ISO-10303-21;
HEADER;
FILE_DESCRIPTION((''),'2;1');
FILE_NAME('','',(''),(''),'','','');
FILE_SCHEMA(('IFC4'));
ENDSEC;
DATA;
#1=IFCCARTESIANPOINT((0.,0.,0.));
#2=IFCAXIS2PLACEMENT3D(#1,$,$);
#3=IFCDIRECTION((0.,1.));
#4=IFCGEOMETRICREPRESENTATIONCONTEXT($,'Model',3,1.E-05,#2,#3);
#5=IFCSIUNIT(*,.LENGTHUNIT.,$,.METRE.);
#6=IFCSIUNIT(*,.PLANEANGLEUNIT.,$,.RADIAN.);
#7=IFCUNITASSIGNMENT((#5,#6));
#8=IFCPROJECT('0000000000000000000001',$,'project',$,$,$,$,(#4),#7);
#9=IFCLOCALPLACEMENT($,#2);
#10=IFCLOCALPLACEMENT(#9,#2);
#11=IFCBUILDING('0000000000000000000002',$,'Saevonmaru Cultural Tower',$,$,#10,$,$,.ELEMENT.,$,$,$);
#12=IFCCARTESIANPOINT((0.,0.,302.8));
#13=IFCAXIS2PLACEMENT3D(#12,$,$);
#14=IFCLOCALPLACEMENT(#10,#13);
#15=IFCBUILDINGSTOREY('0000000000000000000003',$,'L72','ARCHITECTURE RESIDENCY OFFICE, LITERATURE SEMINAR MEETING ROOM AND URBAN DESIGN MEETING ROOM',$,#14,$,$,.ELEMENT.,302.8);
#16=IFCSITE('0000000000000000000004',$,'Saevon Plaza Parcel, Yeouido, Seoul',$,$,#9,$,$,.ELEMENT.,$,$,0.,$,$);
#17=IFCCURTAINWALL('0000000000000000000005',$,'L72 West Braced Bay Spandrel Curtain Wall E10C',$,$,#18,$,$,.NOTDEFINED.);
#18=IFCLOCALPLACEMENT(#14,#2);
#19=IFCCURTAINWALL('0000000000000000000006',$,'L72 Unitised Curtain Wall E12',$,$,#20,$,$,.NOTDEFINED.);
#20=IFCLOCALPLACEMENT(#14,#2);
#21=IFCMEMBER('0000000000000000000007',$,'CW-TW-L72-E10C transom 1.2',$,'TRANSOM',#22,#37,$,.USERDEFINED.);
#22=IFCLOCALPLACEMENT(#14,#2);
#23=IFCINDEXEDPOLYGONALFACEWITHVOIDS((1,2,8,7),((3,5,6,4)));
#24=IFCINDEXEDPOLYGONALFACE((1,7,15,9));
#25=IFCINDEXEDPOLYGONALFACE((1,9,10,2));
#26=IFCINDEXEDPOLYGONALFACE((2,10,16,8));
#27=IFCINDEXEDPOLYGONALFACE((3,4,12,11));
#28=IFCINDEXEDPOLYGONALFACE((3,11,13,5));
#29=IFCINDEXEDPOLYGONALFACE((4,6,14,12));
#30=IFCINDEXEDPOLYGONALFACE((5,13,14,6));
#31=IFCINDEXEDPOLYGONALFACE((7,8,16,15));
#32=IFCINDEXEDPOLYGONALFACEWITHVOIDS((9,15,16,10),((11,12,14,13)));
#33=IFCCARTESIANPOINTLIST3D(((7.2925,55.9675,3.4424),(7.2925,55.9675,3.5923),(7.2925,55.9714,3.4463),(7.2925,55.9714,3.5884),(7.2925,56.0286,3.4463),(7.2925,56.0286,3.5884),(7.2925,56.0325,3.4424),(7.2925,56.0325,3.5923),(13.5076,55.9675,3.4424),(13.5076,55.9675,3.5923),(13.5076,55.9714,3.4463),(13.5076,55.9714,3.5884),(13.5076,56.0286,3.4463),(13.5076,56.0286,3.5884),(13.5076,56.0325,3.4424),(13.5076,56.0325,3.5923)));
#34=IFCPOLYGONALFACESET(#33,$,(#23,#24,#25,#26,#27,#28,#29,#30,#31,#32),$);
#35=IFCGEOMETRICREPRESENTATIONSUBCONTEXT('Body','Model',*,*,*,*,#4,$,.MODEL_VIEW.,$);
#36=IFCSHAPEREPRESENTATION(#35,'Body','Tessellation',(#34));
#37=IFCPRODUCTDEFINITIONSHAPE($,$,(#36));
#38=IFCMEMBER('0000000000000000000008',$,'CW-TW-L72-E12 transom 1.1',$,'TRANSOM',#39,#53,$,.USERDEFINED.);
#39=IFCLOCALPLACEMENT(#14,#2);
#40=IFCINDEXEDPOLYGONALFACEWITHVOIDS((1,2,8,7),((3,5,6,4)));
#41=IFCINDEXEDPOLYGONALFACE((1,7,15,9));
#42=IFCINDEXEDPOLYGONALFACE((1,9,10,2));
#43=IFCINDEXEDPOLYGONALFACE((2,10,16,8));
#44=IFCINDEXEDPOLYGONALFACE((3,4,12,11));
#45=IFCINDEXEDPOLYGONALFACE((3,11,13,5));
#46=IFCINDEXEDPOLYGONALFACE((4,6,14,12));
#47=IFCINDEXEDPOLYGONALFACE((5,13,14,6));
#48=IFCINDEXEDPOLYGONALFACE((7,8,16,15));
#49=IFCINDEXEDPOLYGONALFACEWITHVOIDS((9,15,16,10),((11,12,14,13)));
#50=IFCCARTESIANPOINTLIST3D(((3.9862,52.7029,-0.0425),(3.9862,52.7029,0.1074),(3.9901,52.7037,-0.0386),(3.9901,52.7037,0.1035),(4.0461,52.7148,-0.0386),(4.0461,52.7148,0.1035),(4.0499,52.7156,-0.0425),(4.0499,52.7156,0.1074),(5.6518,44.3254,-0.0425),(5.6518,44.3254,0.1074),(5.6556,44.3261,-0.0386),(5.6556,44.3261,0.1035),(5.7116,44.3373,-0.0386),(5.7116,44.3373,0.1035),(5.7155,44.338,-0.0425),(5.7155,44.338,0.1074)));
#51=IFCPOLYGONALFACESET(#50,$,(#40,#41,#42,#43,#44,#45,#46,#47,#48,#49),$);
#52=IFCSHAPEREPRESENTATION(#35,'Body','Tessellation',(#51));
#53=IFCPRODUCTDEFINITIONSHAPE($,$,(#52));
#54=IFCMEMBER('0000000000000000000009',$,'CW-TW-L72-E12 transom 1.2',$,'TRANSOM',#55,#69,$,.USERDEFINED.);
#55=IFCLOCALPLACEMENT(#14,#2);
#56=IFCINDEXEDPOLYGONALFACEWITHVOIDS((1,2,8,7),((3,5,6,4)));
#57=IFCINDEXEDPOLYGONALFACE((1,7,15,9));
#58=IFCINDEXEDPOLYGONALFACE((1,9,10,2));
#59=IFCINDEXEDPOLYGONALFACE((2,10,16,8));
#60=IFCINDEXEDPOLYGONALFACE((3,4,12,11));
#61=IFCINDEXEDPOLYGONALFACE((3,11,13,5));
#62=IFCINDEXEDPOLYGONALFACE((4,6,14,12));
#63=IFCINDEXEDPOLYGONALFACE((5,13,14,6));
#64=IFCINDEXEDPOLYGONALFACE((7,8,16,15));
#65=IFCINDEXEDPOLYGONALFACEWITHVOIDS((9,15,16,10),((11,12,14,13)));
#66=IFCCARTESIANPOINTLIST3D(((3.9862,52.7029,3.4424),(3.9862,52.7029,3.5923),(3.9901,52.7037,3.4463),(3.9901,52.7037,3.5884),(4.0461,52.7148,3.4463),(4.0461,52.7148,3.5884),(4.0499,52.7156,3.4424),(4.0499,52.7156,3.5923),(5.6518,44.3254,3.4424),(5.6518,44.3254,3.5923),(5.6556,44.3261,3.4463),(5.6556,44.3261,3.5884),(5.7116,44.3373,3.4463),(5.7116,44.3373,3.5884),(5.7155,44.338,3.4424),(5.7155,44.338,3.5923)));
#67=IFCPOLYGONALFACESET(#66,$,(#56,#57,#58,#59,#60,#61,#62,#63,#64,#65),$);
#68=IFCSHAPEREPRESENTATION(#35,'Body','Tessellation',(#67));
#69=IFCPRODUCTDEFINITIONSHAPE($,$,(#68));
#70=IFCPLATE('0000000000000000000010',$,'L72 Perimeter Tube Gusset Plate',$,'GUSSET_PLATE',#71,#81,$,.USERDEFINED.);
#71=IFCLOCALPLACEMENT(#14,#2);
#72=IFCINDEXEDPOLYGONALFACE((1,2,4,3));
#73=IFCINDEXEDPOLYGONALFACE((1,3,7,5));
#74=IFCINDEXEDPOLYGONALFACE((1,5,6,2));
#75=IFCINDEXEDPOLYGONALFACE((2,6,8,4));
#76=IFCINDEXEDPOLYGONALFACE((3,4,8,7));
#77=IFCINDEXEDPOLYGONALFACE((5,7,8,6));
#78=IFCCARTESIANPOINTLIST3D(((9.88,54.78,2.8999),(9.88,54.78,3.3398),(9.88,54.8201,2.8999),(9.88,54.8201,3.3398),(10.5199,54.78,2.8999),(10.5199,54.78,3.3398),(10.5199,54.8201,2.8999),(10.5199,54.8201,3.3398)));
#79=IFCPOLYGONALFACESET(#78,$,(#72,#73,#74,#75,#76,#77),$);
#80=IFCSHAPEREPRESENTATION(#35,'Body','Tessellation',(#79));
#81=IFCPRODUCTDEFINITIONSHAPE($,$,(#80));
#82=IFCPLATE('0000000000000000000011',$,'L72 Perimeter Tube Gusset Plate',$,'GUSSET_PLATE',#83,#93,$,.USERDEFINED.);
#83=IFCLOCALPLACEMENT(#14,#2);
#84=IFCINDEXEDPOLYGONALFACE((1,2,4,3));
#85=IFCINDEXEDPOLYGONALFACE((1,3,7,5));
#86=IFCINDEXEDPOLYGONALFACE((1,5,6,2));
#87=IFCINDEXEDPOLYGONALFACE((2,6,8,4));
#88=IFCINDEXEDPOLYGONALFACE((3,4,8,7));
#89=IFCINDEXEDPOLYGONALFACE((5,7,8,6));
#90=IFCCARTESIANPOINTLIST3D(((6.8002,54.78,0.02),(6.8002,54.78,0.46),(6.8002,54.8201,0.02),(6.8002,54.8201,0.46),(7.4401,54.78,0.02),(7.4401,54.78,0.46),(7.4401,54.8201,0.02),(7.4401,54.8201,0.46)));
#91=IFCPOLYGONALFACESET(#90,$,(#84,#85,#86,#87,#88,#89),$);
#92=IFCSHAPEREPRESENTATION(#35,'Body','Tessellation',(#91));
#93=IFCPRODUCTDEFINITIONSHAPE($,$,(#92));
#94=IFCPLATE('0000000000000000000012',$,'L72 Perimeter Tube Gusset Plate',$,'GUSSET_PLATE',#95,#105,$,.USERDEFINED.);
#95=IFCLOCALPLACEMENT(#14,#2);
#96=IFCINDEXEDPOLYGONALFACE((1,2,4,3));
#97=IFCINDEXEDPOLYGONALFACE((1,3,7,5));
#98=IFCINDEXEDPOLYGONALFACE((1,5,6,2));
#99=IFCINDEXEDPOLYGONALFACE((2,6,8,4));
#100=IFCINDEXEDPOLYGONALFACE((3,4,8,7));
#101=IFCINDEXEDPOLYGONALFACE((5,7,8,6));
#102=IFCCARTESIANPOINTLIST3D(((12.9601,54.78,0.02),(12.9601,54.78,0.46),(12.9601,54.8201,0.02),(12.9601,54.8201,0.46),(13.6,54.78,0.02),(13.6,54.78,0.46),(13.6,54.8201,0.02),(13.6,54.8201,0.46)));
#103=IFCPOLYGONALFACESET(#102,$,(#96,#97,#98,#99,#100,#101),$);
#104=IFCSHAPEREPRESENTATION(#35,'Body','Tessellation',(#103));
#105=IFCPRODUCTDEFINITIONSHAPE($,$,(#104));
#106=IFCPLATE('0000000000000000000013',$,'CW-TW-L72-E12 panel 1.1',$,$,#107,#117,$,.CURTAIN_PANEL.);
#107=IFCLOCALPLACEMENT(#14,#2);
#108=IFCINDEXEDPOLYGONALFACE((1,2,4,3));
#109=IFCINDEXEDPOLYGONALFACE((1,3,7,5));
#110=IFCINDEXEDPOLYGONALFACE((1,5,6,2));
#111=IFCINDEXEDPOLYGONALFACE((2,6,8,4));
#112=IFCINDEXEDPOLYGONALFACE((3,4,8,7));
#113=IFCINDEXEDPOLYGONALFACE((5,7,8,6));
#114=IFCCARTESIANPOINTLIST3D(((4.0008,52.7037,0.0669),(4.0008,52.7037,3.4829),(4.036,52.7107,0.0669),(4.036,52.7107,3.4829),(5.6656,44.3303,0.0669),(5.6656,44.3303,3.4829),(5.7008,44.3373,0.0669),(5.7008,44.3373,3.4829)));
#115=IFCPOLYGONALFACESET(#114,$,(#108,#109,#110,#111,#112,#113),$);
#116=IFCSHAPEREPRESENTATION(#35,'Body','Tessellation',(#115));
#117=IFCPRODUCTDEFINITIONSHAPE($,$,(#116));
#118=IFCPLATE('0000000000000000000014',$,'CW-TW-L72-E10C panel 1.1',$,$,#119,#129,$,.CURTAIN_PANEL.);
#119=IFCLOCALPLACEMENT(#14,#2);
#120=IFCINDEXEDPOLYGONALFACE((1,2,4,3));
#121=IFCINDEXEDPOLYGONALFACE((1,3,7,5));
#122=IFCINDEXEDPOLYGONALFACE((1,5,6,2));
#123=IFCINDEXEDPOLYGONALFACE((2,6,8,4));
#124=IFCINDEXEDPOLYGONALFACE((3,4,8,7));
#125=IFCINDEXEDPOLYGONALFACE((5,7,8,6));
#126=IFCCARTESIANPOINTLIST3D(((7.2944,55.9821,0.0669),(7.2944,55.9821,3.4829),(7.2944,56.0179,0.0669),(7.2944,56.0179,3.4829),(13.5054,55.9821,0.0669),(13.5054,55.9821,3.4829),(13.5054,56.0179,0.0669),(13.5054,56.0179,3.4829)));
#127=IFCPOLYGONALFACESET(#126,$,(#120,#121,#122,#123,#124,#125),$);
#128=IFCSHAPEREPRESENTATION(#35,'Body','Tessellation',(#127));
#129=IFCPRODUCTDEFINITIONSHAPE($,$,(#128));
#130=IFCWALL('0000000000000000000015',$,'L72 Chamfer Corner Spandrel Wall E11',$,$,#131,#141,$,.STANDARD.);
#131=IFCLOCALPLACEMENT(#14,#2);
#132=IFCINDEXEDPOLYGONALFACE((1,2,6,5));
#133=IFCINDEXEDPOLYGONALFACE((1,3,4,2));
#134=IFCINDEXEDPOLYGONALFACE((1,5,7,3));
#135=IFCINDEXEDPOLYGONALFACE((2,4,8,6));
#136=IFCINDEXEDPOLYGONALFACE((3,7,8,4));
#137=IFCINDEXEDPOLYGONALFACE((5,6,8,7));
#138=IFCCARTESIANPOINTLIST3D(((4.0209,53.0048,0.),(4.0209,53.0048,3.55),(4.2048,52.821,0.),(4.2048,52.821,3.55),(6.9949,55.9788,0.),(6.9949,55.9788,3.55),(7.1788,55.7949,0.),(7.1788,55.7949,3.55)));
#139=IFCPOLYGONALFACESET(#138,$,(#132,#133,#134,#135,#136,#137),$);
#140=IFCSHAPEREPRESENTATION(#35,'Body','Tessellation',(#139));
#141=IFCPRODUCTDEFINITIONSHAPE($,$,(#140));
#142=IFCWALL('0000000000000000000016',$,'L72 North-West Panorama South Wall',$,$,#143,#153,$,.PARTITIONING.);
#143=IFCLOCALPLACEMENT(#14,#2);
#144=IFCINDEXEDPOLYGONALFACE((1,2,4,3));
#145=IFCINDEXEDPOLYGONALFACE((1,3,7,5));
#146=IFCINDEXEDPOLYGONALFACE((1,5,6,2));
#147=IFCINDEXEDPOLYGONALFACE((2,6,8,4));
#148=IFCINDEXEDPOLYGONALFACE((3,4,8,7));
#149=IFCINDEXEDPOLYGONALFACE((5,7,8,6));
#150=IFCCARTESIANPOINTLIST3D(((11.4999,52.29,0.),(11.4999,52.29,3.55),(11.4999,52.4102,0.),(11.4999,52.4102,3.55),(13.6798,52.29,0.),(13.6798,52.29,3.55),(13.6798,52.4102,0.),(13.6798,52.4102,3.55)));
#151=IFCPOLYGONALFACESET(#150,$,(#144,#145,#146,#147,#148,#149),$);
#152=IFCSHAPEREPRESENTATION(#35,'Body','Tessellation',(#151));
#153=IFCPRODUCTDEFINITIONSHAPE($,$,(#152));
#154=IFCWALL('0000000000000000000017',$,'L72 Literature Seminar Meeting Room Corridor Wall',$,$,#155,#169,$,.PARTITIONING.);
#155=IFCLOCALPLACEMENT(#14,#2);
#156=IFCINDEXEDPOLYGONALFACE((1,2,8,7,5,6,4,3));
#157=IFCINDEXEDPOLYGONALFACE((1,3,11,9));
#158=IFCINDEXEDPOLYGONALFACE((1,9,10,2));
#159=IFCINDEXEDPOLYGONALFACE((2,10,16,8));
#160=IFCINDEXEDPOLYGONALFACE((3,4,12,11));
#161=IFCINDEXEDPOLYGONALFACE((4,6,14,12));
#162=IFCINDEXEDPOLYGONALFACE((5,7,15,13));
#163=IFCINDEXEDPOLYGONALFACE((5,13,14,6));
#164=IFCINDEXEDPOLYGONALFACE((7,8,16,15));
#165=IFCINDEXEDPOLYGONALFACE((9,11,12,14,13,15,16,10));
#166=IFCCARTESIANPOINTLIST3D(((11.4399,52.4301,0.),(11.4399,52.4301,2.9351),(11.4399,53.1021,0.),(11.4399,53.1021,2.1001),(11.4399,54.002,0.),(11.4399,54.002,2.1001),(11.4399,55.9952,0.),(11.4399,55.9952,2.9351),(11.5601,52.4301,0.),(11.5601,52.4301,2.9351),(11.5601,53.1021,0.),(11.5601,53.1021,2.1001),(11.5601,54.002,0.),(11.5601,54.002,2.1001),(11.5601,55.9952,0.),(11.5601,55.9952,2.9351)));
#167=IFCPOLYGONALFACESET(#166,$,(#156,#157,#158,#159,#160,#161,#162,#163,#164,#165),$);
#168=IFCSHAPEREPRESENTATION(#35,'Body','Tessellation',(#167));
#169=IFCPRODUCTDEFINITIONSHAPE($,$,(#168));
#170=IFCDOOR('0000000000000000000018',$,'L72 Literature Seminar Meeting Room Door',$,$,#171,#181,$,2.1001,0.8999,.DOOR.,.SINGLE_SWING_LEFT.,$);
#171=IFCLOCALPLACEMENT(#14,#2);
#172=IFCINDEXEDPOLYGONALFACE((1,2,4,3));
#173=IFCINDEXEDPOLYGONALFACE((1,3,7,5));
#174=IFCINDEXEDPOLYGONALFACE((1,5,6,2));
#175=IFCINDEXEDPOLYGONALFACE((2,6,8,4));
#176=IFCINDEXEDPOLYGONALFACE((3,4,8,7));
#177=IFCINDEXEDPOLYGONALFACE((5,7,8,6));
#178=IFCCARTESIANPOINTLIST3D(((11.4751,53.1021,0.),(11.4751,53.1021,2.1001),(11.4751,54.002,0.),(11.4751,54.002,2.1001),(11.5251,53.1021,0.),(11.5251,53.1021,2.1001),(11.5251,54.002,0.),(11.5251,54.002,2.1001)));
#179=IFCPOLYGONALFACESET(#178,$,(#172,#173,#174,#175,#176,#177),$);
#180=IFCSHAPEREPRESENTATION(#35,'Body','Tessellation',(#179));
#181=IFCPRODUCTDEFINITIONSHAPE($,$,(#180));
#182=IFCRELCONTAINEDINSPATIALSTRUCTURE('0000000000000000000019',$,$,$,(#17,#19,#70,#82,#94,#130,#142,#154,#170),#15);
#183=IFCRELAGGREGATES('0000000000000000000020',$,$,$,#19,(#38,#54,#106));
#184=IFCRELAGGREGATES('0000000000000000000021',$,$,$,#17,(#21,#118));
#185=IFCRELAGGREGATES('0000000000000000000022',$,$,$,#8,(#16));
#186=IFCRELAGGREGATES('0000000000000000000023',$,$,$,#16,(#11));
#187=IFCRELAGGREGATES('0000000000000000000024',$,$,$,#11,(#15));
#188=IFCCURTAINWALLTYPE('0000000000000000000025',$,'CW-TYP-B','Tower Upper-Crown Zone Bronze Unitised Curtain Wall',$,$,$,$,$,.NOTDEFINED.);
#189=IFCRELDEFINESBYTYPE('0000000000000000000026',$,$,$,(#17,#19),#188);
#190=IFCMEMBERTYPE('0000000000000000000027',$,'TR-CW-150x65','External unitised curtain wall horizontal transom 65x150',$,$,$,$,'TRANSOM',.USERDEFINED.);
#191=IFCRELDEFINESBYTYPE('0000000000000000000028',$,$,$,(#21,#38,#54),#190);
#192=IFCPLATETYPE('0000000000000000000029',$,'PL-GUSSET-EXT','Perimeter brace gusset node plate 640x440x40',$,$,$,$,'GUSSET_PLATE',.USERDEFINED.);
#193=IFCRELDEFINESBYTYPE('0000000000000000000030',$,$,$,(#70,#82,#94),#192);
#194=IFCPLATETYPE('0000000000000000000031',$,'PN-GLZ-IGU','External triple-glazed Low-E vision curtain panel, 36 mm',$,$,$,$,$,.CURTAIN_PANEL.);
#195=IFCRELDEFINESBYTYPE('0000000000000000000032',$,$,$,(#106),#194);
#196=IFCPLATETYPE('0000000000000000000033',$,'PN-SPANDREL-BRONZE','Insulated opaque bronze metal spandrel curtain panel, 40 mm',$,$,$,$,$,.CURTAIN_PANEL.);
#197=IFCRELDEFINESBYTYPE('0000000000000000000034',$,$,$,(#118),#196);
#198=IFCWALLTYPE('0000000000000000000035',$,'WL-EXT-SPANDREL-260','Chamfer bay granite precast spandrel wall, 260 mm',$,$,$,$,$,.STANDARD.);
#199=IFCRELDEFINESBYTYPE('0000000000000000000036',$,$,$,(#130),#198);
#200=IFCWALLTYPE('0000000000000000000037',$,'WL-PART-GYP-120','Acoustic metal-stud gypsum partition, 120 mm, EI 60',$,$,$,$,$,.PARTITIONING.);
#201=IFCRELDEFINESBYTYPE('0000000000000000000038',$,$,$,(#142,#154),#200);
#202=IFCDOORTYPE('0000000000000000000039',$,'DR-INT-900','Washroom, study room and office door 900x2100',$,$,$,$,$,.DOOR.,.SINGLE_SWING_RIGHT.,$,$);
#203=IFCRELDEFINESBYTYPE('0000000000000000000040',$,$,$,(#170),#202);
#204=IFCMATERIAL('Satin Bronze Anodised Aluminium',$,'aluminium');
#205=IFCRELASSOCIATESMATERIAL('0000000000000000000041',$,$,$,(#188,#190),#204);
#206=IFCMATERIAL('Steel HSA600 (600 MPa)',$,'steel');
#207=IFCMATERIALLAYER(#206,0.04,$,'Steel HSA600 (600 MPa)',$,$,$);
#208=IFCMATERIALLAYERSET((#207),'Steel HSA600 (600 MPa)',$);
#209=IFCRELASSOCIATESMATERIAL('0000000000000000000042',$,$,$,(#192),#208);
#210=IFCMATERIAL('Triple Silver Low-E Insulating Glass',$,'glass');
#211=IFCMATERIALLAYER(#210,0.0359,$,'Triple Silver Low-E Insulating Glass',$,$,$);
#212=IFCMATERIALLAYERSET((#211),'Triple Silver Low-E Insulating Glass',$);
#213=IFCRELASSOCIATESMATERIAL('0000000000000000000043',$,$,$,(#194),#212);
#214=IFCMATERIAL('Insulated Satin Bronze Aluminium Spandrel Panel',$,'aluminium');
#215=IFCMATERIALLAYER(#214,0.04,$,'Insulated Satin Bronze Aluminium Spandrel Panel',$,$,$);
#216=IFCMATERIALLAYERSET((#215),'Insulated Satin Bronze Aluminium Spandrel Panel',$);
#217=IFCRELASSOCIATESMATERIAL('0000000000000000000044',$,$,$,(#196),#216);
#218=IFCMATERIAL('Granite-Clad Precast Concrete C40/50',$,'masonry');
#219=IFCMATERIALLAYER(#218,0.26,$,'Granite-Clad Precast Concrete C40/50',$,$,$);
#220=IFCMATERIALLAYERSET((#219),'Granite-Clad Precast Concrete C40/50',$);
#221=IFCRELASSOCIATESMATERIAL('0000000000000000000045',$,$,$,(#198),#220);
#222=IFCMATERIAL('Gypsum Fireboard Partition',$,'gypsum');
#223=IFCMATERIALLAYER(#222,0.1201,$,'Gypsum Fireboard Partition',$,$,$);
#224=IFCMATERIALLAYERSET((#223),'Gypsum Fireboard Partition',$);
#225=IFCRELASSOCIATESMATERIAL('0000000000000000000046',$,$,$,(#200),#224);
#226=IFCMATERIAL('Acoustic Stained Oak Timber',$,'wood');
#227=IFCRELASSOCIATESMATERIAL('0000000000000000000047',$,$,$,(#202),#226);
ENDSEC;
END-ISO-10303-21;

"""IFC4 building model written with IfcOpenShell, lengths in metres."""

from ifc_helpers import new_model, si_unit, direction, frame, frame_2d, origin, origin_2d, place, context, subcontext, project, spatial, rectangle, hollow_rectangle, extrude, material, layer, layer_set, material_profile, profile_set, type_object, element, fill, aggregate, save


model = new_model("IFC4")

# Units and contexts
model_context = context("Model", 3, precision=1e-05, world=origin(), true_north=direction((0.0, 1.0)))
body_context = subcontext(model_context, "Body", "Model", "MODEL_VIEW")
ifc_project = project(units=[si_unit("LENGTHUNIT", "METRE"), si_unit("PLANEANGLEUNIT", "RADIAN")], contexts=[model_context])

# Site, building, storey
site_placement = place(None, origin())
site = spatial("IfcSite", under=ifc_project, at=site_placement, Name="Saevon Plaza Parcel, Yeouido, Seoul", CompositionType="ELEMENT", RefElevation=0.0)
building_placement = place(site_placement, origin())
building = spatial("IfcBuilding", under=site, at=building_placement, Name="Saevonmaru Cultural Tower", CompositionType="ELEMENT")
storey_placement = place(building_placement, frame((0.0, 0.0, 302.8)))
storey = spatial("IfcBuildingStorey", under=building, at=storey_placement, Name="L72", Description="ARCHITECTURE RESIDENCY OFFICE, LITERATURE SEMINAR MEETING ROOM AND URBAN DESIGN MEETING ROOM", CompositionType="ELEMENT", Elevation=302.8)

# Curtain wall
ifc_material_1 = material(Name="Satin Bronze Anodised Aluminium", Category="aluminium")
curtain_wall_type = type_object("IfcCurtainWallType", Name="CW-TYP-B", Description="Tower Upper-Crown Zone Bronze Unitised Curtain Wall", PredefinedType="NOTDEFINED", material=ifc_material_1)
curtain_wall_1_placement = place(storey_placement, origin())
curtain_wall_1 = element("IfcCurtainWall", 1, at=curtain_wall_1_placement, inside=storey, type_object=curtain_wall_type, Name="L72 West Braced Bay Spandrel Curtain Wall E10C", PredefinedType="NOTDEFINED")

# Curtain wall
curtain_wall_2_placement = place(storey_placement, origin())
curtain_wall_2 = element("IfcCurtainWall", 2, at=curtain_wall_2_placement, inside=storey, type_object=curtain_wall_type, Name="L72 Unitised Curtain Wall E12", PredefinedType="NOTDEFINED")

# Members
ifc_material_profile_1 = material_profile(ifc_material_1, hollow_rectangle(XDim=0.0649, YDim=0.1499, WallThickness=0.0039, at=origin_2d()), Name="ALU-TRAN-150x65x4")
ifc_profile_set_1 = profile_set([ifc_material_profile_1], Name="Satin Bronze Anodised Aluminium")
member_type_1 = type_object("IfcMemberType", Name="TR-CW-150x65", Description="External unitised curtain wall horizontal transom 65x150", ElementType="TRANSOM", PredefinedType="USERDEFINED", material=ifc_profile_set_1)
member_1_placement = place(storey_placement, frame((13.5076, 56.0, 3.5173), z_axis=(-1.0, 0.0, 0.0), x_axis=(0.0, -1.0, 0.0)))
member_1 = element("IfcMember", 3, at=member_1_placement, type_object=member_type_1, Name="CW-TW-L72-E10C transom 1.2", ObjectType="TRANSOM", PredefinedType="USERDEFINED", context=body_context, shape_type="SweptSolid", body=[
    extrude(hollow_rectangle(XDim=0.0649, YDim=0.1499, WallThickness=0.0039, at=origin_2d()), origin(), (0.0, 0.0, 1.0), 6.2151),
])
member_2_placement = place(storey_placement, frame((4.0181, 52.7092, 0.0325), z_axis=(0.194995, -0.980804, 0.0), x_axis=(0.980804, 0.194995, 0.0)))
member_2 = element("IfcMember", 4, at=member_2_placement, type_object=member_type_1, Name="CW-TW-L72-E12 transom 1.1", ObjectType="TRANSOM", PredefinedType="USERDEFINED", context=body_context, shape_type="SweptSolid", body=[
    extrude(hollow_rectangle(XDim=0.0649, YDim=0.1499, WallThickness=0.0039, at=origin_2d()), origin(), (0.0, 0.0, 1.0), 8.5415),
])
member_3_placement = place(storey_placement, frame((4.0181, 52.7092, 3.5173), z_axis=(0.194995, -0.980804, 0.0), x_axis=(0.980804, 0.194995, 0.0)))
member_3 = element("IfcMember", 5, at=member_3_placement, type_object=member_type_1, Name="CW-TW-L72-E12 transom 1.2", ObjectType="TRANSOM", PredefinedType="USERDEFINED", context=body_context, shape_type="SweptSolid", body=[
    extrude(hollow_rectangle(XDim=0.0649, YDim=0.1499, WallThickness=0.0039, at=origin_2d()), origin(), (0.0, 0.0, 1.0), 8.5415),
])

# Plates
ifc_material_2 = material(Name="Steel HSA600 (600 MPa)", Category="steel")
ifc_layer_1 = layer(ifc_material_2, 0.04, Name="Steel HSA600 (600 MPa)")
ifc_layer_set_1 = layer_set([ifc_layer_1], Name="Steel HSA600 (600 MPa)")
plate_type_1 = type_object("IfcPlateType", Name="PL-GUSSET-EXT", Description="Perimeter brace gusset node plate 640x440x40", ElementType="GUSSET_PLATE", PredefinedType="USERDEFINED", material=ifc_layer_set_1)
for number, where, z_axis, x_axis, name in (
    (6, (10.2, 54.8, 2.8999), (0.0, 0.0, 1.0), (1.0, 0.0, 0.0), "L72 Perimeter Tube Gusset Plate"),
    (7, (7.1201, 54.8, 0.02), (0.0, 0.0, 1.0), (1.0, 0.0, 0.0), "L72 Perimeter Tube Gusset Plate"),
    (8, (13.28, 54.8, 0.02), (0.0, 0.0, 1.0), (1.0, 0.0, 0.0), "L72 Perimeter Tube Gusset Plate"),
):
    element("IfcPlate", number, at=place(storey_placement, frame(where, z_axis=z_axis, x_axis=x_axis)), inside=storey, type_object=plate_type_1, Name=name, ObjectType="GUSSET_PLATE", PredefinedType="USERDEFINED", context=body_context, shape_type="SweptSolid", body=[
        extrude(rectangle(XDim=0.6399, YDim=0.04, at=origin_2d()), origin(), (0.0, 0.0, 1.0), 0.4399),
    ])

# Plates
ifc_material_3 = material(Name="Triple Silver Low-E Insulating Glass", Category="glass")
ifc_layer_2 = layer(ifc_material_3, 0.0359, Name="Triple Silver Low-E Insulating Glass")
ifc_layer_set_2 = layer_set([ifc_layer_2], Name="Triple Silver Low-E Insulating Glass")
plate_type_2 = type_object("IfcPlateType", Name="PN-GLZ-IGU", Description="External triple-glazed Low-E vision curtain panel, 36 mm", PredefinedType="CURTAIN_PANEL", material=ifc_layer_set_2)
plate_1_placement = place(storey_placement, frame((4.8508, 48.5205, 0.0669), z_axis=(0.0, 0.0, 1.0), x_axis=(0.195005, -0.980802, 0.0)))
plate_1 = element("IfcPlate", 9, at=plate_1_placement, type_object=plate_type_2, Name="CW-TW-L72-E12 panel 1.1", PredefinedType="CURTAIN_PANEL", context=body_context, shape_type="SweptSolid", body=[
    extrude(rectangle(XDim=8.5374, YDim=0.0359, at=origin_2d()), origin(), (0.0, 0.0, 1.0), 3.416),
])
aggregate(curtain_wall_2, [member_2, member_3, plate_1])
ifc_material_4 = material(Name="Insulated Satin Bronze Aluminium Spandrel Panel", Category="aluminium")
ifc_layer_3 = layer(ifc_material_4, 0.04, Name="Insulated Satin Bronze Aluminium Spandrel Panel")
ifc_layer_set_3 = layer_set([ifc_layer_3], Name="Insulated Satin Bronze Aluminium Spandrel Panel")
plate_type_3 = type_object("IfcPlateType", Name="PN-SPANDREL-BRONZE", Description="Insulated opaque bronze metal spandrel curtain panel, 40 mm", PredefinedType="CURTAIN_PANEL", material=ifc_layer_set_3)
plate_2_placement = place(storey_placement, frame((10.3999, 56.0, 0.0669), z_axis=(0.0, 0.0, 1.0), x_axis=(-1.0, 0.0, 0.0)))
plate_2 = element("IfcPlate", 10, at=plate_2_placement, type_object=plate_type_3, Name="CW-TW-L72-E10C panel 1.1", PredefinedType="CURTAIN_PANEL", context=body_context, shape_type="SweptSolid", body=[
    extrude(rectangle(XDim=6.2109, YDim=0.0359, at=origin_2d()), origin(), (0.0, 0.0, 1.0), 3.416),
])
aggregate(curtain_wall_1, [member_1, plate_2])

# Walls
ifc_material_5 = material(Name="Granite-Clad Precast Concrete C40/50", Category="masonry")
ifc_layer_4 = layer(ifc_material_5, 0.26, Name="Granite-Clad Precast Concrete C40/50")
ifc_layer_set_4 = layer_set([ifc_layer_4], Name="Granite-Clad Precast Concrete C40/50")
wall_type_1 = type_object("IfcWallType", Name="WL-EXT-SPANDREL-260", Description="Chamfer bay granite precast spandrel wall, 260 mm", PredefinedType="STANDARD", material=ifc_layer_set_4)
wall_1_placement = place(storey_placement, frame((7.0869, 55.887, 0.0), z_axis=(0.0, 0.0, 1.0), x_axis=(-0.707107, -0.707107, 0.0)))
element("IfcWall", 11, at=wall_1_placement, inside=storey, type_object=wall_type_1, Name="L72 Chamfer Corner Spandrel Wall E11", PredefinedType="STANDARD", context=body_context, shape_type="SweptSolid", body=[
    extrude(rectangle(XDim=4.2058, YDim=0.26, at=frame_2d((2.103, 0.0))), origin(), (0.0, 0.0, 1.0), 3.55),
])
ifc_material_6 = material(Name="Gypsum Fireboard Partition", Category="gypsum")
ifc_layer_5 = layer(ifc_material_6, 0.1201, Name="Gypsum Fireboard Partition")
ifc_layer_set_5 = layer_set([ifc_layer_5], Name="Gypsum Fireboard Partition")
wall_type_2 = type_object("IfcWallType", Name="WL-PART-GYP-120", Description="Acoustic metal-stud gypsum partition, 120 mm, EI 60", PredefinedType="PARTITIONING", material=ifc_layer_set_5)
wall_2_placement = place(storey_placement, frame((11.5, 52.3501, 0.0), z_axis=(0.0, 0.0, 1.0), x_axis=(1.0, 0.0, 0.0)))
element("IfcWall", 12, at=wall_2_placement, inside=storey, type_object=wall_type_2, Name="L72 North-West Panorama South Wall", PredefinedType="PARTITIONING", context=body_context, shape_type="SweptSolid", body=[
    extrude(rectangle(XDim=2.1799, YDim=0.1201, at=frame_2d((1.0898, 0.0))), origin(), (0.0, 0.0, 1.0), 3.55),
])

# Wall, opening, door
wall_3_placement = place(storey_placement, frame((11.5, 52.4299, 0.0), z_axis=(0.0, 0.0, 1.0), x_axis=(0.0, 1.0, 0.0)))
wall_3 = element("IfcWall", 13, at=wall_3_placement, inside=storey, type_object=wall_type_2, Name="L72 Literature Seminar Meeting Room Corridor Wall", PredefinedType="PARTITIONING", context=body_context, shape_type="SweptSolid", body=[
    extrude(rectangle(XDim=3.5652, YDim=0.1201, at=frame_2d((1.7827, 0.0))), origin(), (0.0, 0.0, 1.0), 2.9351),
])
opening_1_placement = place(wall_3_placement, frame((0.6721, 0.0, 0.0)))
opening_1 = element("IfcOpeningElement", 14, at=opening_1_placement, cuts=wall_3, PredefinedType="OPENING", context=body_context, shape_type="SweptSolid", body=[
    extrude(rectangle(XDim=0.8999, YDim=2.1001, at=frame_2d((0.45, 1.05))), frame((0.0, 0.0701, 0.0), z_axis=(0.0, -1.0, 0.0), x_axis=(1.0, 0.0, 0.0)), (0.0, 0.0, 1.0), 0.1401),
])
ifc_material_7 = material(Name="Acoustic Stained Oak Timber", Category="wood")
door_type = type_object("IfcDoorType", Name="DR-INT-900", Description="Washroom, study room and office door 900x2100", OperationType="SINGLE_SWING_RIGHT", PredefinedType="DOOR", material=ifc_material_7)
door_1_placement = place(opening_1_placement, origin())
door_1 = element("IfcDoor", 15, at=door_1_placement, inside=storey, type_object=door_type, Name="L72 Literature Seminar Meeting Room Door", OperationType="SINGLE_SWING_LEFT", OverallHeight=2.1001, OverallWidth=0.8999, PredefinedType="DOOR", context=body_context, shape_type="SweptSolid", body=[
    extrude(rectangle(XDim=0.8999, YDim=2.1001, at=frame_2d((0.45, 1.05))), frame((0.0, 0.0249, 0.0), z_axis=(0.0, -1.0, 0.0), x_axis=(1.0, 0.0, 0.0)), (0.0, 0.0, 1.0), 0.05),
])
fill(opening_1, door_1)

save(model, "model.ifc")
